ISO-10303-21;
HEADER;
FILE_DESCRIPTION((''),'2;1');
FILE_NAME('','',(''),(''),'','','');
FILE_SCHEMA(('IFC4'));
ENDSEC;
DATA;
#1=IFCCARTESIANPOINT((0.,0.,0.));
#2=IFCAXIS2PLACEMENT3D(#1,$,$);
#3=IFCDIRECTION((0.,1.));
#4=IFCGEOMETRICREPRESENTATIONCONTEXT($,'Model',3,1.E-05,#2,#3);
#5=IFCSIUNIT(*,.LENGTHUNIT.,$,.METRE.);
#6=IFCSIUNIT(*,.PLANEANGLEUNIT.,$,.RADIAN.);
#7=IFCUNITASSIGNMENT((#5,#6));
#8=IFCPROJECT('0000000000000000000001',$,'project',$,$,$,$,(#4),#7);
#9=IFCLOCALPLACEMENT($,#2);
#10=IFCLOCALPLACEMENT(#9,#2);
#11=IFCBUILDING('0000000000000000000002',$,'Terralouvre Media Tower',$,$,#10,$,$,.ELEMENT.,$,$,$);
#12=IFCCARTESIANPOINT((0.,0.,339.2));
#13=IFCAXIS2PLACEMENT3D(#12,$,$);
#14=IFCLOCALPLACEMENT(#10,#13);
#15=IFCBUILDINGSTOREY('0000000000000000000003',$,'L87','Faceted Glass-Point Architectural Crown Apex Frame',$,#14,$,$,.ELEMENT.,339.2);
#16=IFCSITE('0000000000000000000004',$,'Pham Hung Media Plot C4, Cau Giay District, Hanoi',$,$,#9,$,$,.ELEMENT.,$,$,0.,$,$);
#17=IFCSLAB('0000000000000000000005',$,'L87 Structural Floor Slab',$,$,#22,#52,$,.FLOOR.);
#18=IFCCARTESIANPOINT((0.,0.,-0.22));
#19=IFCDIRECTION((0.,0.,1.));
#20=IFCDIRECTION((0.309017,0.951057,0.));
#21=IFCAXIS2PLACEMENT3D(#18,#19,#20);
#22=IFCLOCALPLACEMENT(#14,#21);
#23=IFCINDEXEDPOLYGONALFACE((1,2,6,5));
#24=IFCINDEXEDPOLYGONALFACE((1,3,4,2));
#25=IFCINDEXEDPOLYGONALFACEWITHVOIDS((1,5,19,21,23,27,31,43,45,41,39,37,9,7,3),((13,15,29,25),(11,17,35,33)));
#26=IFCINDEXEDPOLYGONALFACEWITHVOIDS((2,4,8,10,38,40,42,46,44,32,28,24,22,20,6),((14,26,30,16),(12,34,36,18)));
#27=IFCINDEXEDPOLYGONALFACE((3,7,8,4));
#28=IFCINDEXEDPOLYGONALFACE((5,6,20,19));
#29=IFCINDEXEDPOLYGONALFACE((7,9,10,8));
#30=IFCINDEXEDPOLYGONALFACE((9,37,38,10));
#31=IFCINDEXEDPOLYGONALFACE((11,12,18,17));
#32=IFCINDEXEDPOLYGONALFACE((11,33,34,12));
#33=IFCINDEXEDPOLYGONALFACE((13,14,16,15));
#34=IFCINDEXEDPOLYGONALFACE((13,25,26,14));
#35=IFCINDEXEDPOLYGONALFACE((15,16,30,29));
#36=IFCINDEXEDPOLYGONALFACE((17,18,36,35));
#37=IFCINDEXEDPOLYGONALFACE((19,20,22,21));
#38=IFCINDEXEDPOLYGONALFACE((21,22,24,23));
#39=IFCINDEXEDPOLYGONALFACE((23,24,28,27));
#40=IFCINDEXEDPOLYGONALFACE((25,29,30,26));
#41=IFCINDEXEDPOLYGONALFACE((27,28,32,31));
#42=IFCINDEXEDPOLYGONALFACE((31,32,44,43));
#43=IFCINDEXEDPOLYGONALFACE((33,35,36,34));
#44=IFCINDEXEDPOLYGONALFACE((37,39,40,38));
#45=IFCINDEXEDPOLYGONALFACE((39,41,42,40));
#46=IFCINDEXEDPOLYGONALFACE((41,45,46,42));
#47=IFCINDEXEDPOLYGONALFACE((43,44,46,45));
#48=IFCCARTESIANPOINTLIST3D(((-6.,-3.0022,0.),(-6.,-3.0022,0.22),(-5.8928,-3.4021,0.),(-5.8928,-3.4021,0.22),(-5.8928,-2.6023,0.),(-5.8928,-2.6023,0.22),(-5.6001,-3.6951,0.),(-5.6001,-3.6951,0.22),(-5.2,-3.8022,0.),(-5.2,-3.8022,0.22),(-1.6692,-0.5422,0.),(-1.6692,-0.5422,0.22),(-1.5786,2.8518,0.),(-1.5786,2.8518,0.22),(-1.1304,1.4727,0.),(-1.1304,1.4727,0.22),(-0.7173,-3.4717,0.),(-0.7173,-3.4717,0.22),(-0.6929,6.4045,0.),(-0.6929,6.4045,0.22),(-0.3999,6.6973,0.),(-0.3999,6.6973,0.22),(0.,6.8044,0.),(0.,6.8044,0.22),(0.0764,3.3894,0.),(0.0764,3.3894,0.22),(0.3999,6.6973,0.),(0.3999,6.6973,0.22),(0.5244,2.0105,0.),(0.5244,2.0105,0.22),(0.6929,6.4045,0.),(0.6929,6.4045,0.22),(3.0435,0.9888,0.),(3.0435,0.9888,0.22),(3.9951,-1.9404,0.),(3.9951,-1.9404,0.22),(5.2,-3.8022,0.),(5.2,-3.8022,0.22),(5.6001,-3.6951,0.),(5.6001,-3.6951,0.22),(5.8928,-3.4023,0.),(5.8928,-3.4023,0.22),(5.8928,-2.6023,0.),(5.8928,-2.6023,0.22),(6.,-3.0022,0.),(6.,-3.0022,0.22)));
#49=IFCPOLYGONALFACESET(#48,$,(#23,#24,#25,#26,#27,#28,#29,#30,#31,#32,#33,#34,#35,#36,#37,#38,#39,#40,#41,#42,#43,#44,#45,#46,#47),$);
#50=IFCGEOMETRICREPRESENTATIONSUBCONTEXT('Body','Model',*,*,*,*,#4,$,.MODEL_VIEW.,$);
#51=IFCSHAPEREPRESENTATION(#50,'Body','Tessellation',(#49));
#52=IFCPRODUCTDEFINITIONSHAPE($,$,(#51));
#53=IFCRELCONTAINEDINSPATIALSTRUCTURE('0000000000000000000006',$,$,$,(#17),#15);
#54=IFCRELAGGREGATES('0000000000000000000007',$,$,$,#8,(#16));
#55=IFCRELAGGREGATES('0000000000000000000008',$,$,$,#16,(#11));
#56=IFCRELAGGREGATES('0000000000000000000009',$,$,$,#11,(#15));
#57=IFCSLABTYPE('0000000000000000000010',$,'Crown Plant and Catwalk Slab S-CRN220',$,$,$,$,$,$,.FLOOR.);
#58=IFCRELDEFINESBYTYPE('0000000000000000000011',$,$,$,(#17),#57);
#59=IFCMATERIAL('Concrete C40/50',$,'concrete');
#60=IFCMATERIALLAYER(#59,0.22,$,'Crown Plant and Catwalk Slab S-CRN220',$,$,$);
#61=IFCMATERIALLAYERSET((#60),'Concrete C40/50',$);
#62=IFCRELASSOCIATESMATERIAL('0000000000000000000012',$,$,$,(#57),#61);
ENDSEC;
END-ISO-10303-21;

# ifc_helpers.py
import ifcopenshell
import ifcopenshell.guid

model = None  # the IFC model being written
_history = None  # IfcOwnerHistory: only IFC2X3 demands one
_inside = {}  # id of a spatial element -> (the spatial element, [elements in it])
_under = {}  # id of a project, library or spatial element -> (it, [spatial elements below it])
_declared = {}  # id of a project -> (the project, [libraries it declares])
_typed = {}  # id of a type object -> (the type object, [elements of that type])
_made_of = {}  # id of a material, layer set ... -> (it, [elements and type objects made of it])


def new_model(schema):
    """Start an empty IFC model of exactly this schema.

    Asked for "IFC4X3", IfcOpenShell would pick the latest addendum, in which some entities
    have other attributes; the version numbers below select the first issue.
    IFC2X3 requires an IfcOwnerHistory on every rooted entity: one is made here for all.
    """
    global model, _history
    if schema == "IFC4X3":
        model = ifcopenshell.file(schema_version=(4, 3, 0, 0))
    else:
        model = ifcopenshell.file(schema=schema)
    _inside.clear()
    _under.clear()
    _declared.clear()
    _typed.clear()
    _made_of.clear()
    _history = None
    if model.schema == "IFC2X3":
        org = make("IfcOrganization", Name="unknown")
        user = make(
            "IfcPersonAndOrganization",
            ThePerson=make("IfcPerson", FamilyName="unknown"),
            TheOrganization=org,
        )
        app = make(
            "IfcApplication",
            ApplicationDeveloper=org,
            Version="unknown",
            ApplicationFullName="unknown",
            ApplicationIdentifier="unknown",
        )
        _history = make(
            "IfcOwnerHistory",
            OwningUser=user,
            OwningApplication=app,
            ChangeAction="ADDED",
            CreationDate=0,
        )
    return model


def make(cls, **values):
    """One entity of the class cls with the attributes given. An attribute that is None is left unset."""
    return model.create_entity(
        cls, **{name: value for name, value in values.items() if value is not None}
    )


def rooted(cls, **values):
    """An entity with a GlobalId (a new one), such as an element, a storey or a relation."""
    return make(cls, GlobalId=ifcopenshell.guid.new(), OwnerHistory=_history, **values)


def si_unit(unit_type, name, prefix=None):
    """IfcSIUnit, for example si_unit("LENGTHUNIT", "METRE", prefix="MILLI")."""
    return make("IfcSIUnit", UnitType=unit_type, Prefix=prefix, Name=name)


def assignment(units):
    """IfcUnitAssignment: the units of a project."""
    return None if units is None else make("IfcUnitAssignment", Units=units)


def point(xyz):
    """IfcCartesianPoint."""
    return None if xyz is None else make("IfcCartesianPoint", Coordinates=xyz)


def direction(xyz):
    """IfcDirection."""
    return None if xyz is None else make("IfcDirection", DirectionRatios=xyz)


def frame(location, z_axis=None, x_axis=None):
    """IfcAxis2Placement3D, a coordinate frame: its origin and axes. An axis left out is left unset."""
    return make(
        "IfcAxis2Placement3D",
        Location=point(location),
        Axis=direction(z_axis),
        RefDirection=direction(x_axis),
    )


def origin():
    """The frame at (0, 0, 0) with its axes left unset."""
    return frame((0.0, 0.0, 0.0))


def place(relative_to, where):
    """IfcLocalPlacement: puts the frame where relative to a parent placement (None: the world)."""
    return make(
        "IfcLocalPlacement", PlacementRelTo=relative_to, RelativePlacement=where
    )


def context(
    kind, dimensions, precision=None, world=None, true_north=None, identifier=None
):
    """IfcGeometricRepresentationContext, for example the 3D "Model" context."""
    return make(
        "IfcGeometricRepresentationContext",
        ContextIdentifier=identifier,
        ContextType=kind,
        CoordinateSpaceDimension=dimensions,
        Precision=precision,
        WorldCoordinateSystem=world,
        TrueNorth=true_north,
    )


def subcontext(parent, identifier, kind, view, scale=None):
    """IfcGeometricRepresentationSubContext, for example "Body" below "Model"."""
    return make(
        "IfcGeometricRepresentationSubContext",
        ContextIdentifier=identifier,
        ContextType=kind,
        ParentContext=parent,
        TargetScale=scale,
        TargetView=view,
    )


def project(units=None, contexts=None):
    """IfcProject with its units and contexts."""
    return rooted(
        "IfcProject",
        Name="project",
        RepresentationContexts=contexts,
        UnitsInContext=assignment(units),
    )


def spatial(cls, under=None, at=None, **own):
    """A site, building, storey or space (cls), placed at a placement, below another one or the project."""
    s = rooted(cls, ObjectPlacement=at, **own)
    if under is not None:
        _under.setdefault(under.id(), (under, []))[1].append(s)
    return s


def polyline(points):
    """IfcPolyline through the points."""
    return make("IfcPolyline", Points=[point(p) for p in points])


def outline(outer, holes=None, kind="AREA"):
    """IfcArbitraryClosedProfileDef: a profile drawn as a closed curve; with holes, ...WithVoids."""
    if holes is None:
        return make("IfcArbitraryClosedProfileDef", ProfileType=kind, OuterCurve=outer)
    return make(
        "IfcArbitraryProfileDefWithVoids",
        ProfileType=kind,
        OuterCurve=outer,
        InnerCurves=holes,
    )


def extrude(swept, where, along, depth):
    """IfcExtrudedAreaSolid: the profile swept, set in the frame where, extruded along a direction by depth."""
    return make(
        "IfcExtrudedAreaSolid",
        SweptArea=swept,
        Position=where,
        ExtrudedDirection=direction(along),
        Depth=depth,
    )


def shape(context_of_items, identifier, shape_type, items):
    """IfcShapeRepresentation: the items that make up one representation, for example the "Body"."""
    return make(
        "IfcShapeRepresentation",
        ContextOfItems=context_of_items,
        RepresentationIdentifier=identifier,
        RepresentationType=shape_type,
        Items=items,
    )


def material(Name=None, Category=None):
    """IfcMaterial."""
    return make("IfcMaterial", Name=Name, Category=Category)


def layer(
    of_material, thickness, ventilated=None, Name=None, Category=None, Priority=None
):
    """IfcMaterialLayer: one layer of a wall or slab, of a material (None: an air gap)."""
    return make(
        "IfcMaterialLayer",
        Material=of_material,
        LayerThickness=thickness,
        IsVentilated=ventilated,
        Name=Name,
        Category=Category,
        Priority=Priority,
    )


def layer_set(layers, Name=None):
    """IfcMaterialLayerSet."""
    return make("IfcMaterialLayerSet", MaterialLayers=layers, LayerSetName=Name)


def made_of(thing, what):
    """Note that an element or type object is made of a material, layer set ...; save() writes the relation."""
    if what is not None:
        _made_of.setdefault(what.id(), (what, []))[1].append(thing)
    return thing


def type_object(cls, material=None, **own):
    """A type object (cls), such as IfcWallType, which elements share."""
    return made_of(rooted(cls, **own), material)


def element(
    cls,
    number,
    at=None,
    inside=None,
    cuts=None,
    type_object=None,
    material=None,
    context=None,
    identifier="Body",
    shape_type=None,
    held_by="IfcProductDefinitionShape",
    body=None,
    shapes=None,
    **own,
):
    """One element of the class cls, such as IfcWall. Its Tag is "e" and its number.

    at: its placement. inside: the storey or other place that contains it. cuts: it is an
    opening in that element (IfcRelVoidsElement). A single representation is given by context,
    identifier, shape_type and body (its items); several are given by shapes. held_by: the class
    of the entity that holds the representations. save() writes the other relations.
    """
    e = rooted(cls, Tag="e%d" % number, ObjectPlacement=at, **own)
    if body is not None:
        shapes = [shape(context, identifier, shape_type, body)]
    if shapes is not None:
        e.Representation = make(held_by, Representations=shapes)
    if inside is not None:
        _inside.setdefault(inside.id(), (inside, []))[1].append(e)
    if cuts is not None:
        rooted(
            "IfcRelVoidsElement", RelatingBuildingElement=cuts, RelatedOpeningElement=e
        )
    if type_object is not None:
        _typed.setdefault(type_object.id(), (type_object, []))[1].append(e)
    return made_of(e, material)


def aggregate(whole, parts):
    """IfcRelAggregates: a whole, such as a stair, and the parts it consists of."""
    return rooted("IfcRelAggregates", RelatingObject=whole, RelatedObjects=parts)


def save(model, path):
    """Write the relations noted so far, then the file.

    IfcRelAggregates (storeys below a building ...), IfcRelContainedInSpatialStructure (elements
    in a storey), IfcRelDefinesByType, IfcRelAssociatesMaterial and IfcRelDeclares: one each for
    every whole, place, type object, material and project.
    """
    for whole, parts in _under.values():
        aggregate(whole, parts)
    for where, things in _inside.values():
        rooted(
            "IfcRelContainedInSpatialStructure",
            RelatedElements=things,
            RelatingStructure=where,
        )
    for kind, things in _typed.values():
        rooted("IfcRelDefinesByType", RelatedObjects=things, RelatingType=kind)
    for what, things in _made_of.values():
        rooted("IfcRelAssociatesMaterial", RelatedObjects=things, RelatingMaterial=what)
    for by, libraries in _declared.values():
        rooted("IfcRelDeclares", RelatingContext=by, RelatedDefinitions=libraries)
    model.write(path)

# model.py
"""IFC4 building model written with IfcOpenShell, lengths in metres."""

from ifc_helpers import new_model, si_unit, direction, frame, origin, place, context, subcontext, project, spatial, polyline, outline, extrude, material, layer, layer_set, type_object, element, save


model = new_model("IFC4")

# Units and contexts
model_context = context("Model", 3, precision=1e-05, world=origin(), true_north=direction((0.0, 1.0)))
body_context = subcontext(model_context, "Body", "Model", "MODEL_VIEW")
ifc_project = project(units=[si_unit("LENGTHUNIT", "METRE"), si_unit("PLANEANGLEUNIT", "RADIAN")], contexts=[model_context])

# Site, building, storey
site_placement = place(None, origin())
site = spatial("IfcSite", under=ifc_project, at=site_placement, Name="Pham Hung Media Plot C4, Cau Giay District, Hanoi", CompositionType="ELEMENT", RefElevation=0.0)
building_placement = place(site_placement, origin())
building = spatial("IfcBuilding", under=site, at=building_placement, Name="Terralouvre Media Tower", CompositionType="ELEMENT")
storey_placement = place(building_placement, frame((0.0, 0.0, 339.2)))
storey = spatial("IfcBuildingStorey", under=building, at=storey_placement, Name="L87", Description="Faceted Glass-Point Architectural Crown Apex Frame", CompositionType="ELEMENT", Elevation=339.2)

# Slab
ifc_material_1 = material(Name="Concrete C40/50", Category="concrete")
ifc_layer_1 = layer(ifc_material_1, 0.22, Name="Crown Plant and Catwalk Slab S-CRN220")
ifc_layer_set_1 = layer_set([ifc_layer_1], Name="Concrete C40/50")
slab_type = type_object("IfcSlabType", Name="Crown Plant and Catwalk Slab S-CRN220", PredefinedType="FLOOR", material=ifc_layer_set_1)
slab_placement = place(storey_placement, frame((0.0, 0.0, -0.22), z_axis=(0.0, 0.0, 1.0), x_axis=(0.309017, 0.951057, 0.0)))
element("IfcSlab", 1, at=slab_placement, inside=storey, type_object=slab_type, Name="L87 Structural Floor Slab", PredefinedType="FLOOR", context=body_context, shape_type="SweptSolid", body=[
    extrude(outline(polyline([(-5.8928, -2.6023), (-6.0, -3.0022), (-5.8928, -3.4021), (-5.6001, -3.6951), (-5.2, -3.8022), (5.2, -3.8022), (5.6001, -3.6951), (5.8928, -3.4023), (6.0, -3.0022), (5.8928, -2.6023), (0.6929, 6.4045), (0.3999, 6.6973), (0.0, 6.8044), (-0.3999, 6.6973), (-0.6929, 6.4045), (-5.8928, -2.6023)]), holes=[polyline([(-1.5786, 2.8518), (0.0764, 3.3894), (0.5244, 2.0105), (-1.1304, 1.4727), (-1.5786, 2.8518)]), polyline([(-1.6692, -0.5422), (3.0435, 0.9888), (3.9951, -1.9404), (-0.7173, -3.4717), (-1.6692, -0.5422)])]), origin(), (0.0, 0.0, 1.0), 0.22),
])

save(model, "model.ifc")
